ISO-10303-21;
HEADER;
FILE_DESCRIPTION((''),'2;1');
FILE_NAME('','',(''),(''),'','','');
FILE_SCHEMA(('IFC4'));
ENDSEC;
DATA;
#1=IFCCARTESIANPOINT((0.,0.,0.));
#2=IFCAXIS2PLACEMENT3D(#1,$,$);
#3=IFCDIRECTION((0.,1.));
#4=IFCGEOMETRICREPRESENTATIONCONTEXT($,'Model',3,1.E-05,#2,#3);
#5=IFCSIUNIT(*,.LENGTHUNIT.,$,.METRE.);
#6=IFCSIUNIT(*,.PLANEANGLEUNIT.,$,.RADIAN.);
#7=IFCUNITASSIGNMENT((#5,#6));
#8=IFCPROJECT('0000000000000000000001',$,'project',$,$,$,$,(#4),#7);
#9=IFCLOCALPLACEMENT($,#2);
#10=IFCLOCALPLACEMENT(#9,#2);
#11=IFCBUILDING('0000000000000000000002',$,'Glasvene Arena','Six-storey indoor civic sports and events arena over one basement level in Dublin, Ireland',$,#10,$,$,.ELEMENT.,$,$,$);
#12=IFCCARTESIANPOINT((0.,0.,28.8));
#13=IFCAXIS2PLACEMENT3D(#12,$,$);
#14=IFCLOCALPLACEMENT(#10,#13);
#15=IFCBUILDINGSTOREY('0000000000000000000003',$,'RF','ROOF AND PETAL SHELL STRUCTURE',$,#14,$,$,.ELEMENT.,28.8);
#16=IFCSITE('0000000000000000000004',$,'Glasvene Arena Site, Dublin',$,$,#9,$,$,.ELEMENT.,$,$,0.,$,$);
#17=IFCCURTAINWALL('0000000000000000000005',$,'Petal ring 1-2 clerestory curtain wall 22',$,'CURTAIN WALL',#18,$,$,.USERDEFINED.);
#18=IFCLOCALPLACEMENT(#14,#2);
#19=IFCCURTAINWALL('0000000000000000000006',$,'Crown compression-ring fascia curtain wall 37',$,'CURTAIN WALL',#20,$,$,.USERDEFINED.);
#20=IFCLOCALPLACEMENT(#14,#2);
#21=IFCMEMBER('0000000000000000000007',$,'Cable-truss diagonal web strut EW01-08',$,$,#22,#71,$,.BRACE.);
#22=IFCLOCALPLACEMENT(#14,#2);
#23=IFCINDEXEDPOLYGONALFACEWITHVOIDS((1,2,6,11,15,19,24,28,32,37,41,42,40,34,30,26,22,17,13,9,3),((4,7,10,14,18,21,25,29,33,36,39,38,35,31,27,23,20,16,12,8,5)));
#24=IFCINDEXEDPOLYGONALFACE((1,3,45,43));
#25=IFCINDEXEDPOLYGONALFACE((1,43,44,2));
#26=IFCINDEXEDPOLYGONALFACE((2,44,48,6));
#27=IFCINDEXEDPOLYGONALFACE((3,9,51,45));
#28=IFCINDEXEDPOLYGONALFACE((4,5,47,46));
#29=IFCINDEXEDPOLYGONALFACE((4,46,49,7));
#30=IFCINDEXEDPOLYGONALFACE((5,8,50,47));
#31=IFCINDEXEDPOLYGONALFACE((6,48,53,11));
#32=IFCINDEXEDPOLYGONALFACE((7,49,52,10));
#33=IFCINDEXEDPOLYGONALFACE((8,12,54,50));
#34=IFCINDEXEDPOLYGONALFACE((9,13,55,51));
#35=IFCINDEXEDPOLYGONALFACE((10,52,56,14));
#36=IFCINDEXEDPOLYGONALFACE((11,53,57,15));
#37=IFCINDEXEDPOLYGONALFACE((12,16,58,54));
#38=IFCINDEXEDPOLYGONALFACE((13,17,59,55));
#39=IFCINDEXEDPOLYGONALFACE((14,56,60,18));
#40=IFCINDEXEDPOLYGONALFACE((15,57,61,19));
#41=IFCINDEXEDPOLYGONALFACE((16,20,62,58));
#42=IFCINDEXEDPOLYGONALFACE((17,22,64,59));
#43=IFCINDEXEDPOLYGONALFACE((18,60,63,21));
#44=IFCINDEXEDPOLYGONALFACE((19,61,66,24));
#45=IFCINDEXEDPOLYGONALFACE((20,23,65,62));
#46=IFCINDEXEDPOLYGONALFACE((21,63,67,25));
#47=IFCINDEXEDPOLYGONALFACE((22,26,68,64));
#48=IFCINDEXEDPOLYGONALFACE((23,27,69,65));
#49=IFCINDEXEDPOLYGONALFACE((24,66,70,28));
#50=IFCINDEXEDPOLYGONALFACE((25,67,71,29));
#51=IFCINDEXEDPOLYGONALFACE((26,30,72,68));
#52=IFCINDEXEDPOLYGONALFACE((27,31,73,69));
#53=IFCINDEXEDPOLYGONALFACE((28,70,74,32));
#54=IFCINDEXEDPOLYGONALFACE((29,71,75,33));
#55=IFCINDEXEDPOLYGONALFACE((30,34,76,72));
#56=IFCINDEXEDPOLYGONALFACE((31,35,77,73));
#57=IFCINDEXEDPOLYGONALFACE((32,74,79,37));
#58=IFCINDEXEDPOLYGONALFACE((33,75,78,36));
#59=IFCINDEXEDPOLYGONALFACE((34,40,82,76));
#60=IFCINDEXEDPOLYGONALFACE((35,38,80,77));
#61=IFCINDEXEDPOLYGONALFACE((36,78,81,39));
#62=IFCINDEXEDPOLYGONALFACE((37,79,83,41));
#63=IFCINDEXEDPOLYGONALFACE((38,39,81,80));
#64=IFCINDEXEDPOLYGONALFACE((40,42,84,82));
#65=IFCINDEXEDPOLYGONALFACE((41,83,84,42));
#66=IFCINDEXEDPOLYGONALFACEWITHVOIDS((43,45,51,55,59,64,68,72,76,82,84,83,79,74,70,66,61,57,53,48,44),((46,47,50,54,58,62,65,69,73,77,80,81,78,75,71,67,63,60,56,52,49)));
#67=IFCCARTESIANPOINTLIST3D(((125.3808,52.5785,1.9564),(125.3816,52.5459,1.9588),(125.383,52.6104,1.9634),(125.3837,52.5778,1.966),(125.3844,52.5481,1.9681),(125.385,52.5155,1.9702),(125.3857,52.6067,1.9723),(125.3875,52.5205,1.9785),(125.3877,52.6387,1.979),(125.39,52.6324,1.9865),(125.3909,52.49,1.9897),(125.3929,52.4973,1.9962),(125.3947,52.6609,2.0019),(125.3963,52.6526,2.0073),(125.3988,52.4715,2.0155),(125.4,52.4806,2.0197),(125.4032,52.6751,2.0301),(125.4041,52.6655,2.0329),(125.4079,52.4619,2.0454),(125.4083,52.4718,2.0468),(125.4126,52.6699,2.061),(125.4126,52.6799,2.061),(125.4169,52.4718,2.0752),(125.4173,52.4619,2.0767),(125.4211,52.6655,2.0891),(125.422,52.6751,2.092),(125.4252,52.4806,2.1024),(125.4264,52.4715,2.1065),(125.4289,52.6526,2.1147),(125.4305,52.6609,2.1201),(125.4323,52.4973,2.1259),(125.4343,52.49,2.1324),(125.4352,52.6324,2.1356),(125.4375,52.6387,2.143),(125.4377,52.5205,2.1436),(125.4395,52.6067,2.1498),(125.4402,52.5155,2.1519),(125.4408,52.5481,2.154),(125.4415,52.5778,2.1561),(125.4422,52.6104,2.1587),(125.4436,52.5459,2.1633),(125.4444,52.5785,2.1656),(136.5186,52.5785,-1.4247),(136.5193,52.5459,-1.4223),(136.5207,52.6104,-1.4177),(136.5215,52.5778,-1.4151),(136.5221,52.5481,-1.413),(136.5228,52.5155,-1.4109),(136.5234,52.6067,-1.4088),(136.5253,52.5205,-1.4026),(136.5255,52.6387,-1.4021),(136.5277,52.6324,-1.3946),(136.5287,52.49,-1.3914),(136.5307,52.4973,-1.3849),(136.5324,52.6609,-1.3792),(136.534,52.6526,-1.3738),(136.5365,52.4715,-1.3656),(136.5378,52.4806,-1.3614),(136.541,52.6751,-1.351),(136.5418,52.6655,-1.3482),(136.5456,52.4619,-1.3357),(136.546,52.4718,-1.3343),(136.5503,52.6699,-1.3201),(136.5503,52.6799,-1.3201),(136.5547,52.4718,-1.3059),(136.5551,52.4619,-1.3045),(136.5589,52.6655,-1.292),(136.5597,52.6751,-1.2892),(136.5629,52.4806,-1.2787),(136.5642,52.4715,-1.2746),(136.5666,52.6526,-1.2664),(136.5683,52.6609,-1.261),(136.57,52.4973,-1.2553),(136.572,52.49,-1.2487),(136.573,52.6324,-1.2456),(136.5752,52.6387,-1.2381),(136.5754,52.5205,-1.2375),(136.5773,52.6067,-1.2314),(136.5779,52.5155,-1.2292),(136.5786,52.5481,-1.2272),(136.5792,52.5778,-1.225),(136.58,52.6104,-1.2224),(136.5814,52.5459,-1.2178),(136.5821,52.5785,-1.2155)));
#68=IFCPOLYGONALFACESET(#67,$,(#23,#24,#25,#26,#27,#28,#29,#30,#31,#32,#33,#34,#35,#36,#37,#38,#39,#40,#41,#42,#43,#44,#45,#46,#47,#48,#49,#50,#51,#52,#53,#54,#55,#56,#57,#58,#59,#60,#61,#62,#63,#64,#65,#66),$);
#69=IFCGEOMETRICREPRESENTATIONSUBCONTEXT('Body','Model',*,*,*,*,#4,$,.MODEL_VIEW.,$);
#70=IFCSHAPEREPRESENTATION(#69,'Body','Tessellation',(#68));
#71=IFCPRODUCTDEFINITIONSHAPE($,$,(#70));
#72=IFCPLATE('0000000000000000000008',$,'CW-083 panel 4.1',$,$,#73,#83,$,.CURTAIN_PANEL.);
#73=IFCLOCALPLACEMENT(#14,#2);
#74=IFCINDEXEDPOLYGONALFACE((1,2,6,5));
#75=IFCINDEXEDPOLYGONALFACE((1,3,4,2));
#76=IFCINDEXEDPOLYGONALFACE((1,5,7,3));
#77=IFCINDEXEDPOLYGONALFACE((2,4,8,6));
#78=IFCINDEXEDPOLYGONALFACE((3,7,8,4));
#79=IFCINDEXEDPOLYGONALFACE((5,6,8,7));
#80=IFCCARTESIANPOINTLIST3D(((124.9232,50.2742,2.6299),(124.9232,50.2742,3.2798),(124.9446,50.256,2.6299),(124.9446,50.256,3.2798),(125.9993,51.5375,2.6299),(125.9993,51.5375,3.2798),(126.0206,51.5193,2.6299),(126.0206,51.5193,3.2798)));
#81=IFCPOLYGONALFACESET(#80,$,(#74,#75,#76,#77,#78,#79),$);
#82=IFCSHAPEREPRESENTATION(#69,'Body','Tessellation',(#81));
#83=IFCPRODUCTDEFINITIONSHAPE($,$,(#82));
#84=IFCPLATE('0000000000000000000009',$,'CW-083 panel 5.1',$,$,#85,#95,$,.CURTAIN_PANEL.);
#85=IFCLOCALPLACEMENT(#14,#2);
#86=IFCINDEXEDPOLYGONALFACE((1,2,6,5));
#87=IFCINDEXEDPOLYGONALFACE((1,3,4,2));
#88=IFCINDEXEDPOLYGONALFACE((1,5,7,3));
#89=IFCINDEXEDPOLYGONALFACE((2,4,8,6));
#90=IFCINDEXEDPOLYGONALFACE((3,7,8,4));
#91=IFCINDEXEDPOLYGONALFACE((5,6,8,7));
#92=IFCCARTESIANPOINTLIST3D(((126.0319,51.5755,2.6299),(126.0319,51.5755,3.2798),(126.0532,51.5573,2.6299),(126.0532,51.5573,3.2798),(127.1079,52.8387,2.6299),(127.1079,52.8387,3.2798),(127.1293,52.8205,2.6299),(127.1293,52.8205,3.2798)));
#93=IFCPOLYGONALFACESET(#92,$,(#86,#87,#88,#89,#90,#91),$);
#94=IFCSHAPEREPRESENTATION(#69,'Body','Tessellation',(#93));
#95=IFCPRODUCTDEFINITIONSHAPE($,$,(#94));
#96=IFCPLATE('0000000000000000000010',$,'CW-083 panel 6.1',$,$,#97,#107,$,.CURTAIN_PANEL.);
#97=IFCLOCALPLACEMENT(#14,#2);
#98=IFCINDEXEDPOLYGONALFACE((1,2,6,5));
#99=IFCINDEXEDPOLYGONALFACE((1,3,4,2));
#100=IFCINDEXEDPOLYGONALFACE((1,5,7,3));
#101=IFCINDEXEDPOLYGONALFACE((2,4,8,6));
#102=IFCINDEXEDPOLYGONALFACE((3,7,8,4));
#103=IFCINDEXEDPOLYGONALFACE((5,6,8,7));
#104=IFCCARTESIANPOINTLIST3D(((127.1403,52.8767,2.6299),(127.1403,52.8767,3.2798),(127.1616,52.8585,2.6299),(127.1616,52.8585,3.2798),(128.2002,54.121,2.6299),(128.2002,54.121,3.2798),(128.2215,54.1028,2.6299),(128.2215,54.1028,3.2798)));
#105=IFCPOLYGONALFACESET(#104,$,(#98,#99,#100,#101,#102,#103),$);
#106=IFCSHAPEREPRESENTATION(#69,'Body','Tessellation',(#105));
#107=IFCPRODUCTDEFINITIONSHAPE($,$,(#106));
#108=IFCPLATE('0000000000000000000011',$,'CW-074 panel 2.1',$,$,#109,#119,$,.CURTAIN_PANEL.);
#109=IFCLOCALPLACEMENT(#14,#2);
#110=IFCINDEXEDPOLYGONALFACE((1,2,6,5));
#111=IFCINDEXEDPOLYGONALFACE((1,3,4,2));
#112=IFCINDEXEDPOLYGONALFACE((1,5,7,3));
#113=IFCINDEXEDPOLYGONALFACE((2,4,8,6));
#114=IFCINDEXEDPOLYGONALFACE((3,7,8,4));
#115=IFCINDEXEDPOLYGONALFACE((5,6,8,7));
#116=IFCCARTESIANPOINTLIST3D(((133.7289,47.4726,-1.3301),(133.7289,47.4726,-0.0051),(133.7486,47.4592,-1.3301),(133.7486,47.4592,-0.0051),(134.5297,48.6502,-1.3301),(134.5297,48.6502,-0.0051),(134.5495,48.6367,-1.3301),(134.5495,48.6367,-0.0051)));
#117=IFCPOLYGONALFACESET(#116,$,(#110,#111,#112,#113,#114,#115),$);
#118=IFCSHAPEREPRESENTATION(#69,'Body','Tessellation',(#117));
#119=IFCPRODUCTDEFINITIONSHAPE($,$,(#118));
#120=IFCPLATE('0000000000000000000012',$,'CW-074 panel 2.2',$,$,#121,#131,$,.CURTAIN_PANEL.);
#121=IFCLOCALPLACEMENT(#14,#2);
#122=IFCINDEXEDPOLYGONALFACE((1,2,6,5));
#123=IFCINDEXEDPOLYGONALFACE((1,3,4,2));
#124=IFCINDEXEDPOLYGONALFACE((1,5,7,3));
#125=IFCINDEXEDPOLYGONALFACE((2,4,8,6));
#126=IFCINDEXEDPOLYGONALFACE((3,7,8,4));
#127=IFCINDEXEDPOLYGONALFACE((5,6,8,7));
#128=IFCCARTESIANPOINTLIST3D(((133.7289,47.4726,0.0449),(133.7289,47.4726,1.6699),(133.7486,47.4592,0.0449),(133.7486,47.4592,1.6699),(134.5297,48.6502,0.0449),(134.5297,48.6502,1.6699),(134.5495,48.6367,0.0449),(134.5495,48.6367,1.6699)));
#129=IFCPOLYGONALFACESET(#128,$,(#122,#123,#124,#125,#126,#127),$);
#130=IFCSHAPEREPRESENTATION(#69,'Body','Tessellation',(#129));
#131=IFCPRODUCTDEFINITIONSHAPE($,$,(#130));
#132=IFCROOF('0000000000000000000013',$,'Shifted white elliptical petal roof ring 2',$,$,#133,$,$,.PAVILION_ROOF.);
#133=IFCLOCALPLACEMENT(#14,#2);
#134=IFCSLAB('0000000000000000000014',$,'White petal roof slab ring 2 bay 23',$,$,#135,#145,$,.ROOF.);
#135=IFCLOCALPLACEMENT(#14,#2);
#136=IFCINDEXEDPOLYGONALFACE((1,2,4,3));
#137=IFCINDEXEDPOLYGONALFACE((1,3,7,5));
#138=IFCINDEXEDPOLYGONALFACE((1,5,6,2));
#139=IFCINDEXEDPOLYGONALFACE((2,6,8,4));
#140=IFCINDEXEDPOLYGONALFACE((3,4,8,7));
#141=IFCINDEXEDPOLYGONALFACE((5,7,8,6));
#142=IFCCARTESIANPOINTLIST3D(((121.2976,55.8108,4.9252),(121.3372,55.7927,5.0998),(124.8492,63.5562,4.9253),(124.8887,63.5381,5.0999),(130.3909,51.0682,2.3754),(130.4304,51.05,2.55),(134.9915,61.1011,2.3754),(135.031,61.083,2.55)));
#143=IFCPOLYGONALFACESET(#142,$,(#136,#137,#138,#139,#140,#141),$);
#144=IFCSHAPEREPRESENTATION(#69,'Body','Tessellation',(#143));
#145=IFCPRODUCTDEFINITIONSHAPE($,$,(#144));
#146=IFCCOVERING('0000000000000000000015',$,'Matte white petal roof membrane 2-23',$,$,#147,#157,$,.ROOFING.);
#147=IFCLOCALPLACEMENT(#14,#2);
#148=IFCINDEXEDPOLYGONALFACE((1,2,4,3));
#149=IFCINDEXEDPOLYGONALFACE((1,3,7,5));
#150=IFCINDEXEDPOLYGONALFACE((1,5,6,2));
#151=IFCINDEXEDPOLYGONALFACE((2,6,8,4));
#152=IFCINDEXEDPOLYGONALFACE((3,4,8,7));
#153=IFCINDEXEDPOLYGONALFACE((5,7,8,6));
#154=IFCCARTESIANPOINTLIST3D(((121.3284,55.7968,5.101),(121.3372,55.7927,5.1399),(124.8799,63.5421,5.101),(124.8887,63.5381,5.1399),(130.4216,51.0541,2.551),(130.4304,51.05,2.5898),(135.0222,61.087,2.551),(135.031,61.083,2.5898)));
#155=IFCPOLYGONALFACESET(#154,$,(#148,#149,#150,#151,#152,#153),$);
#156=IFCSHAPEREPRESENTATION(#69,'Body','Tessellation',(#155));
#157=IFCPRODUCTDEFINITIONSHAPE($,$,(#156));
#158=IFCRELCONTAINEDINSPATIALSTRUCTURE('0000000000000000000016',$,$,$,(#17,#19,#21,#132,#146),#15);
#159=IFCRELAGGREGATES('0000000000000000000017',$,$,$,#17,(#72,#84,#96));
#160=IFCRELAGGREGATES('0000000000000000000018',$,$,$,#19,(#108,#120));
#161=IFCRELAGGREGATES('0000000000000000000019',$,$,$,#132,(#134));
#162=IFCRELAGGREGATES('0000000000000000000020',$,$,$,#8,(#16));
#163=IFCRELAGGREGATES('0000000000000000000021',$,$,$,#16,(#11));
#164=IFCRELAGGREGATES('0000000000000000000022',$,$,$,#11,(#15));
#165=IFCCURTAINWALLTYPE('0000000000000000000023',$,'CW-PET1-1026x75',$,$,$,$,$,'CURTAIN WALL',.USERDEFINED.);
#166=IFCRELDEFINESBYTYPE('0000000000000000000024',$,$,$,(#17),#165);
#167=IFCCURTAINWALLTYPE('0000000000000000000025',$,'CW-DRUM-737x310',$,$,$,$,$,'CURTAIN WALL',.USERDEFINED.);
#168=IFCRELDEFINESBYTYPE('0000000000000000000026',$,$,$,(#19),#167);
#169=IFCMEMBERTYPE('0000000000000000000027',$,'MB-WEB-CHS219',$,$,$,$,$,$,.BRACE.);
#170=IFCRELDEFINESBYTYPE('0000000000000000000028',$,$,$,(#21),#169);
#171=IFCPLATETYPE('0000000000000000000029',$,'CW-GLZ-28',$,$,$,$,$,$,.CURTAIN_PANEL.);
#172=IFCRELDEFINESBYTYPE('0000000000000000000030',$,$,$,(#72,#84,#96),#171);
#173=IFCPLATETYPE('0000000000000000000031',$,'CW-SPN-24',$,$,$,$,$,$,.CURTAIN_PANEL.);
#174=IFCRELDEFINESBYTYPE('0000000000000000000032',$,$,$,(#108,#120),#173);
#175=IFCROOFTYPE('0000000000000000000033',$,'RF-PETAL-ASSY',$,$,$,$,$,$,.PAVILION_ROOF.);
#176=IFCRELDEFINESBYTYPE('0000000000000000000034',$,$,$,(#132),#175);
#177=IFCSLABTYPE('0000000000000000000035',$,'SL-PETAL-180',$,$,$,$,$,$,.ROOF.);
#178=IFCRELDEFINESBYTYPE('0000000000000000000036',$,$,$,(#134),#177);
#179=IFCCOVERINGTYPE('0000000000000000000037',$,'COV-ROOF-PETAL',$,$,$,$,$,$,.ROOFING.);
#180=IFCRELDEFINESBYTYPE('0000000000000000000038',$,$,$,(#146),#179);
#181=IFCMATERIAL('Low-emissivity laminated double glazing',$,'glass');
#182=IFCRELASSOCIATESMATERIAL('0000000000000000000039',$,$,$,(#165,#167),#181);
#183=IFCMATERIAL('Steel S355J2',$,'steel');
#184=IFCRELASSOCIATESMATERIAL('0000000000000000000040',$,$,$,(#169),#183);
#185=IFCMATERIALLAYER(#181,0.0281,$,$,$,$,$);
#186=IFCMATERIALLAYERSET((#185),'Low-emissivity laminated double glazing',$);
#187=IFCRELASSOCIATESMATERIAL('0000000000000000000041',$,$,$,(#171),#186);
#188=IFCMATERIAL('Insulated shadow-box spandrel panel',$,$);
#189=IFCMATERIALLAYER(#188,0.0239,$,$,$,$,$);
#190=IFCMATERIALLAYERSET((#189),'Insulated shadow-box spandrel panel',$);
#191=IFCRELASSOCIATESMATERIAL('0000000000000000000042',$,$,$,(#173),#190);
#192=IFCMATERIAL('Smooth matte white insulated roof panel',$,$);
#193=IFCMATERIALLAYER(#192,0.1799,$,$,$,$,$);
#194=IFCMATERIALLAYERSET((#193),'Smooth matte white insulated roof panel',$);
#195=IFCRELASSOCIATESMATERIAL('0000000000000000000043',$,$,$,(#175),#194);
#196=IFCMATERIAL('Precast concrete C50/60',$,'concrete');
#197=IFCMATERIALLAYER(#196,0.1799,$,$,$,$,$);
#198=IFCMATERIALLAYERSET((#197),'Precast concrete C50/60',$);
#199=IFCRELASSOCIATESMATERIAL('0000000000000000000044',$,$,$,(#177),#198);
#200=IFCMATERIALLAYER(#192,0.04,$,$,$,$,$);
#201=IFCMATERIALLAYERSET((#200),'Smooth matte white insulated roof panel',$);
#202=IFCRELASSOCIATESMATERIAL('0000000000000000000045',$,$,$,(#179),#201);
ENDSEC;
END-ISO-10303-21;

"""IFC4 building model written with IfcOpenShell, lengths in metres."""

from ifc_helpers import new_model, si_unit, direction, frame, origin, origin_2d, place, context, subcontext, project, spatial, polyline, rectangle, hollow_circle, outline, extrude, material, layer, layer_set, material_profile, profile_set, type_object, element, aggregate, save


model = new_model("IFC4")

# Units and contexts
model_context = context("Model", 3, precision=1e-05, world=origin(), true_north=direction((0.0, 1.0)))
body_context = subcontext(model_context, "Body", "Model", "MODEL_VIEW")
ifc_project = project(units=[si_unit("LENGTHUNIT", "METRE"), si_unit("PLANEANGLEUNIT", "RADIAN")], contexts=[model_context])

# Site, building, storey
site_placement = place(None, origin())
site = spatial("IfcSite", under=ifc_project, at=site_placement, Name="Glasvene Arena Site, Dublin", CompositionType="ELEMENT", RefElevation=0.0)
building_placement = place(site_placement, origin())
building = spatial("IfcBuilding", under=site, at=building_placement, Name="Glasvene Arena", Description="Six-storey indoor civic sports and events arena over one basement level in Dublin, Ireland", CompositionType="ELEMENT")
storey_placement = place(building_placement, frame((0.0, 0.0, 28.8)))
storey = spatial("IfcBuildingStorey", under=building, at=storey_placement, Name="RF", Description="ROOF AND PETAL SHELL STRUCTURE", CompositionType="ELEMENT", Elevation=28.8)

# Curtain wall
ifc_material_1 = material(Name="Low-emissivity laminated double glazing", Category="glass")
curtain_wall_type_1 = type_object("IfcCurtainWallType", Name="CW-PET1-1026x75", ElementType="CURTAIN WALL", PredefinedType="USERDEFINED", material=ifc_material_1)
curtain_wall_1_placement = place(storey_placement, frame((121.5923, 46.342, 0.0)))
curtain_wall_1 = element("IfcCurtainWall", 1, at=curtain_wall_1_placement, inside=storey, type_object=curtain_wall_type_1, Name="Petal ring 1-2 clerestory curtain wall 22", ObjectType="CURTAIN WALL", PredefinedType="USERDEFINED")

# Curtain wall
curtain_wall_type_2 = type_object("IfcCurtainWallType", Name="CW-DRUM-737x310", ElementType="CURTAIN WALL", PredefinedType="USERDEFINED", material=ifc_material_1)
curtain_wall_2_placement = place(storey_placement, frame((132.8958, 46.2263, 0.0)))
curtain_wall_2 = element("IfcCurtainWall", 2, at=curtain_wall_2_placement, inside=storey, type_object=curtain_wall_type_2, Name="Crown compression-ring fascia curtain wall 37", ObjectType="CURTAIN WALL", PredefinedType="USERDEFINED")

# Member
ifc_material_2 = material(Name="Steel S355J2", Category="steel")
ifc_material_profile_1 = material_profile(ifc_material_2, hollow_circle(Radius=0.1096, WallThickness=0.01, at=origin_2d()), Name="CHS 219.1x10.0")
ifc_profile_set_1 = profile_set([ifc_material_profile_1], Name="Steel S355J2")
member_type_1 = type_object("IfcMemberType", Name="MB-WEB-CHS219", PredefinedType="BRACE", material=ifc_profile_set_1)
member_1_placement = place(storey_placement, frame((125.4126, 52.5703, 2.061), z_axis=(0.95688, 0.0, -0.290483), x_axis=(0.0, 1.0, 0.0)))
element("IfcMember", 3, at=member_1_placement, inside=storey, type_object=member_type_1, Name="Cable-truss diagonal web strut EW01-08", PredefinedType="BRACE", context=body_context, shape_type="SweptSolid", body=[
    extrude(hollow_circle(Radius=0.1096, WallThickness=0.01, at=origin_2d()), origin(), (0.0, 0.0, 1.0), 11.6396),
])

# Plates
ifc_layer_1 = layer(ifc_material_1, 0.0281)
ifc_layer_set_1 = layer_set([ifc_layer_1], Name="Low-emissivity laminated double glazing")
plate_type_1 = type_object("IfcPlateType", Name="CW-GLZ-28", PredefinedType="CURTAIN_PANEL", material=ifc_layer_set_1)
plate_1_placement = place(storey_placement, frame((125.4719, 50.8967, 2.6299), z_axis=(0.0, 0.0, 1.0), x_axis=(0.648445, 0.761261, 0.0)))
plate_1 = element("IfcPlate", 4, at=plate_1_placement, type_object=plate_type_1, Name="CW-083 panel 4.1", PredefinedType="CURTAIN_PANEL", context=body_context, shape_type="SweptSolid", body=[
    extrude(rectangle(XDim=1.6594, YDim=0.0281, at=origin_2d()), origin(), (0.0, 0.0, 1.0), 0.6499),
])
plate_2_placement = place(storey_placement, frame((126.5806, 52.198, 2.6299), z_axis=(0.0, 0.0, 1.0), x_axis=(0.648445, 0.761261, 0.0)))
plate_2 = element("IfcPlate", 5, at=plate_2_placement, type_object=plate_type_1, Name="CW-083 panel 5.1", PredefinedType="CURTAIN_PANEL", context=body_context, shape_type="SweptSolid", body=[
    extrude(rectangle(XDim=1.6594, YDim=0.0281, at=origin_2d()), origin(), (0.0, 0.0, 1.0), 0.6499),
])
plate_3_placement = place(storey_placement, frame((127.6809, 53.4897, 2.6299), z_axis=(0.0, 0.0, 1.0), x_axis=(0.648445, 0.761261, 0.0)))
plate_3 = element("IfcPlate", 6, at=plate_3_placement, type_object=plate_type_1, Name="CW-083 panel 6.1", PredefinedType="CURTAIN_PANEL", context=body_context, shape_type="SweptSolid", body=[
    extrude(rectangle(XDim=1.6345, YDim=0.0281, at=origin_2d()), origin(), (0.0, 0.0, 1.0), 0.6499),
])
aggregate(curtain_wall_1, [plate_1, plate_2, plate_3])
ifc_material_3 = material(Name="Insulated shadow-box spandrel panel")
ifc_layer_2 = layer(ifc_material_3, 0.0239)
ifc_layer_set_2 = layer_set([ifc_layer_2], Name="Insulated shadow-box spandrel panel")
plate_type_2 = type_object("IfcPlateType", Name="CW-SPN-24", PredefinedType="CURTAIN_PANEL", material=ifc_layer_set_2)
plate_4_placement = place(storey_placement, frame((134.1392, 48.0547, -1.3301), z_axis=(0.0, 0.0, 1.0), x_axis=(0.562354, 0.826896, 0.0)))
plate_4 = element("IfcPlate", 7, at=plate_4_placement, type_object=plate_type_2, Name="CW-074 panel 2.1", PredefinedType="CURTAIN_PANEL", context=body_context, shape_type="SweptSolid", body=[
    extrude(rectangle(XDim=1.4241, YDim=0.0239, at=origin_2d()), origin(), (0.0, 0.0, 1.0), 1.325),
])
plate_5_placement = place(storey_placement, frame((134.1392, 48.0547, 0.0449), z_axis=(0.0, 0.0, 1.0), x_axis=(0.562354, 0.826896, 0.0)))
plate_5 = element("IfcPlate", 8, at=plate_5_placement, type_object=plate_type_2, Name="CW-074 panel 2.2", PredefinedType="CURTAIN_PANEL", context=body_context, shape_type="SweptSolid", body=[
    extrude(rectangle(XDim=1.4241, YDim=0.0239, at=origin_2d()), origin(), (0.0, 0.0, 1.0), 1.625),
])
aggregate(curtain_wall_2, [plate_4, plate_5])

# Roof, slab
ifc_material_4 = material(Name="Smooth matte white insulated roof panel")
ifc_layer_3 = layer(ifc_material_4, 0.1799)
ifc_layer_set_3 = layer_set([ifc_layer_3], Name="Smooth matte white insulated roof panel")
roof_type = type_object("IfcRoofType", Name="RF-PETAL-ASSY", PredefinedType="PAVILION_ROOF", material=ifc_layer_set_3)
roof_placement = place(storey_placement, frame((90.55, 71.8501, 2.55)))
roof = element("IfcRoof", 9, at=roof_placement, inside=storey, type_object=roof_type, Name="Shifted white elliptical petal roof ring 2", PredefinedType="PAVILION_ROOF")
ifc_material_5 = material(Name="Precast concrete C50/60", Category="concrete")
ifc_layer_4 = layer(ifc_material_5, 0.1799)
ifc_layer_set_4 = layer_set([ifc_layer_4], Name="Precast concrete C50/60")
slab_type = type_object("IfcSlabType", Name="SL-PETAL-180", PredefinedType="ROOF", material=ifc_layer_set_4)
slab_placement = place(storey_placement, frame((130.4304, 51.05, 2.55), z_axis=(0.219585, -0.100689, 0.970384), x_axis=(0.416815, 0.908991, -0.000001)))
slab = element("IfcSlab", 10, at=slab_placement, type_object=slab_type, Name="White petal roof slab ring 2 bay 23", PredefinedType="ROOF", context=body_context, shape_type="SweptSolid", body=[
    extrude(outline(polyline([(0.0, 0.0), (11.0375, 0.0), (9.0416, 10.5552), (0.5208, 10.5551), (0.0, 0.0)])), origin(), (0.0, 0.0, -1.0), 0.1799),
])
aggregate(roof, [slab])

# Covering
ifc_layer_5 = layer(ifc_material_4, 0.04)
ifc_layer_set_5 = layer_set([ifc_layer_5], Name="Smooth matte white insulated roof panel")
covering_type = type_object("IfcCoveringType", Name="COV-ROOF-PETAL", PredefinedType="ROOFING", material=ifc_layer_set_5)
covering_placement = place(storey_placement, frame((130.4304, 51.05, 2.5898), z_axis=(0.219605, -0.100698, 0.970378), x_axis=(0.416815, 0.908991, -0.000001)))
element("IfcCovering", 11, at=covering_placement, inside=storey, type_object=covering_type, Name="Matte white petal roof membrane 2-23", PredefinedType="ROOFING", context=body_context, shape_type="SweptSolid", body=[
    extrude(outline(polyline([(0.0, 0.0), (11.0375, 0.0), (9.0416, 10.5553), (0.5208, 10.5552), (0.0, 0.0)])), origin(), (0.0, 0.0, -1.0), 0.04),
])

save(model, "model.ifc")
